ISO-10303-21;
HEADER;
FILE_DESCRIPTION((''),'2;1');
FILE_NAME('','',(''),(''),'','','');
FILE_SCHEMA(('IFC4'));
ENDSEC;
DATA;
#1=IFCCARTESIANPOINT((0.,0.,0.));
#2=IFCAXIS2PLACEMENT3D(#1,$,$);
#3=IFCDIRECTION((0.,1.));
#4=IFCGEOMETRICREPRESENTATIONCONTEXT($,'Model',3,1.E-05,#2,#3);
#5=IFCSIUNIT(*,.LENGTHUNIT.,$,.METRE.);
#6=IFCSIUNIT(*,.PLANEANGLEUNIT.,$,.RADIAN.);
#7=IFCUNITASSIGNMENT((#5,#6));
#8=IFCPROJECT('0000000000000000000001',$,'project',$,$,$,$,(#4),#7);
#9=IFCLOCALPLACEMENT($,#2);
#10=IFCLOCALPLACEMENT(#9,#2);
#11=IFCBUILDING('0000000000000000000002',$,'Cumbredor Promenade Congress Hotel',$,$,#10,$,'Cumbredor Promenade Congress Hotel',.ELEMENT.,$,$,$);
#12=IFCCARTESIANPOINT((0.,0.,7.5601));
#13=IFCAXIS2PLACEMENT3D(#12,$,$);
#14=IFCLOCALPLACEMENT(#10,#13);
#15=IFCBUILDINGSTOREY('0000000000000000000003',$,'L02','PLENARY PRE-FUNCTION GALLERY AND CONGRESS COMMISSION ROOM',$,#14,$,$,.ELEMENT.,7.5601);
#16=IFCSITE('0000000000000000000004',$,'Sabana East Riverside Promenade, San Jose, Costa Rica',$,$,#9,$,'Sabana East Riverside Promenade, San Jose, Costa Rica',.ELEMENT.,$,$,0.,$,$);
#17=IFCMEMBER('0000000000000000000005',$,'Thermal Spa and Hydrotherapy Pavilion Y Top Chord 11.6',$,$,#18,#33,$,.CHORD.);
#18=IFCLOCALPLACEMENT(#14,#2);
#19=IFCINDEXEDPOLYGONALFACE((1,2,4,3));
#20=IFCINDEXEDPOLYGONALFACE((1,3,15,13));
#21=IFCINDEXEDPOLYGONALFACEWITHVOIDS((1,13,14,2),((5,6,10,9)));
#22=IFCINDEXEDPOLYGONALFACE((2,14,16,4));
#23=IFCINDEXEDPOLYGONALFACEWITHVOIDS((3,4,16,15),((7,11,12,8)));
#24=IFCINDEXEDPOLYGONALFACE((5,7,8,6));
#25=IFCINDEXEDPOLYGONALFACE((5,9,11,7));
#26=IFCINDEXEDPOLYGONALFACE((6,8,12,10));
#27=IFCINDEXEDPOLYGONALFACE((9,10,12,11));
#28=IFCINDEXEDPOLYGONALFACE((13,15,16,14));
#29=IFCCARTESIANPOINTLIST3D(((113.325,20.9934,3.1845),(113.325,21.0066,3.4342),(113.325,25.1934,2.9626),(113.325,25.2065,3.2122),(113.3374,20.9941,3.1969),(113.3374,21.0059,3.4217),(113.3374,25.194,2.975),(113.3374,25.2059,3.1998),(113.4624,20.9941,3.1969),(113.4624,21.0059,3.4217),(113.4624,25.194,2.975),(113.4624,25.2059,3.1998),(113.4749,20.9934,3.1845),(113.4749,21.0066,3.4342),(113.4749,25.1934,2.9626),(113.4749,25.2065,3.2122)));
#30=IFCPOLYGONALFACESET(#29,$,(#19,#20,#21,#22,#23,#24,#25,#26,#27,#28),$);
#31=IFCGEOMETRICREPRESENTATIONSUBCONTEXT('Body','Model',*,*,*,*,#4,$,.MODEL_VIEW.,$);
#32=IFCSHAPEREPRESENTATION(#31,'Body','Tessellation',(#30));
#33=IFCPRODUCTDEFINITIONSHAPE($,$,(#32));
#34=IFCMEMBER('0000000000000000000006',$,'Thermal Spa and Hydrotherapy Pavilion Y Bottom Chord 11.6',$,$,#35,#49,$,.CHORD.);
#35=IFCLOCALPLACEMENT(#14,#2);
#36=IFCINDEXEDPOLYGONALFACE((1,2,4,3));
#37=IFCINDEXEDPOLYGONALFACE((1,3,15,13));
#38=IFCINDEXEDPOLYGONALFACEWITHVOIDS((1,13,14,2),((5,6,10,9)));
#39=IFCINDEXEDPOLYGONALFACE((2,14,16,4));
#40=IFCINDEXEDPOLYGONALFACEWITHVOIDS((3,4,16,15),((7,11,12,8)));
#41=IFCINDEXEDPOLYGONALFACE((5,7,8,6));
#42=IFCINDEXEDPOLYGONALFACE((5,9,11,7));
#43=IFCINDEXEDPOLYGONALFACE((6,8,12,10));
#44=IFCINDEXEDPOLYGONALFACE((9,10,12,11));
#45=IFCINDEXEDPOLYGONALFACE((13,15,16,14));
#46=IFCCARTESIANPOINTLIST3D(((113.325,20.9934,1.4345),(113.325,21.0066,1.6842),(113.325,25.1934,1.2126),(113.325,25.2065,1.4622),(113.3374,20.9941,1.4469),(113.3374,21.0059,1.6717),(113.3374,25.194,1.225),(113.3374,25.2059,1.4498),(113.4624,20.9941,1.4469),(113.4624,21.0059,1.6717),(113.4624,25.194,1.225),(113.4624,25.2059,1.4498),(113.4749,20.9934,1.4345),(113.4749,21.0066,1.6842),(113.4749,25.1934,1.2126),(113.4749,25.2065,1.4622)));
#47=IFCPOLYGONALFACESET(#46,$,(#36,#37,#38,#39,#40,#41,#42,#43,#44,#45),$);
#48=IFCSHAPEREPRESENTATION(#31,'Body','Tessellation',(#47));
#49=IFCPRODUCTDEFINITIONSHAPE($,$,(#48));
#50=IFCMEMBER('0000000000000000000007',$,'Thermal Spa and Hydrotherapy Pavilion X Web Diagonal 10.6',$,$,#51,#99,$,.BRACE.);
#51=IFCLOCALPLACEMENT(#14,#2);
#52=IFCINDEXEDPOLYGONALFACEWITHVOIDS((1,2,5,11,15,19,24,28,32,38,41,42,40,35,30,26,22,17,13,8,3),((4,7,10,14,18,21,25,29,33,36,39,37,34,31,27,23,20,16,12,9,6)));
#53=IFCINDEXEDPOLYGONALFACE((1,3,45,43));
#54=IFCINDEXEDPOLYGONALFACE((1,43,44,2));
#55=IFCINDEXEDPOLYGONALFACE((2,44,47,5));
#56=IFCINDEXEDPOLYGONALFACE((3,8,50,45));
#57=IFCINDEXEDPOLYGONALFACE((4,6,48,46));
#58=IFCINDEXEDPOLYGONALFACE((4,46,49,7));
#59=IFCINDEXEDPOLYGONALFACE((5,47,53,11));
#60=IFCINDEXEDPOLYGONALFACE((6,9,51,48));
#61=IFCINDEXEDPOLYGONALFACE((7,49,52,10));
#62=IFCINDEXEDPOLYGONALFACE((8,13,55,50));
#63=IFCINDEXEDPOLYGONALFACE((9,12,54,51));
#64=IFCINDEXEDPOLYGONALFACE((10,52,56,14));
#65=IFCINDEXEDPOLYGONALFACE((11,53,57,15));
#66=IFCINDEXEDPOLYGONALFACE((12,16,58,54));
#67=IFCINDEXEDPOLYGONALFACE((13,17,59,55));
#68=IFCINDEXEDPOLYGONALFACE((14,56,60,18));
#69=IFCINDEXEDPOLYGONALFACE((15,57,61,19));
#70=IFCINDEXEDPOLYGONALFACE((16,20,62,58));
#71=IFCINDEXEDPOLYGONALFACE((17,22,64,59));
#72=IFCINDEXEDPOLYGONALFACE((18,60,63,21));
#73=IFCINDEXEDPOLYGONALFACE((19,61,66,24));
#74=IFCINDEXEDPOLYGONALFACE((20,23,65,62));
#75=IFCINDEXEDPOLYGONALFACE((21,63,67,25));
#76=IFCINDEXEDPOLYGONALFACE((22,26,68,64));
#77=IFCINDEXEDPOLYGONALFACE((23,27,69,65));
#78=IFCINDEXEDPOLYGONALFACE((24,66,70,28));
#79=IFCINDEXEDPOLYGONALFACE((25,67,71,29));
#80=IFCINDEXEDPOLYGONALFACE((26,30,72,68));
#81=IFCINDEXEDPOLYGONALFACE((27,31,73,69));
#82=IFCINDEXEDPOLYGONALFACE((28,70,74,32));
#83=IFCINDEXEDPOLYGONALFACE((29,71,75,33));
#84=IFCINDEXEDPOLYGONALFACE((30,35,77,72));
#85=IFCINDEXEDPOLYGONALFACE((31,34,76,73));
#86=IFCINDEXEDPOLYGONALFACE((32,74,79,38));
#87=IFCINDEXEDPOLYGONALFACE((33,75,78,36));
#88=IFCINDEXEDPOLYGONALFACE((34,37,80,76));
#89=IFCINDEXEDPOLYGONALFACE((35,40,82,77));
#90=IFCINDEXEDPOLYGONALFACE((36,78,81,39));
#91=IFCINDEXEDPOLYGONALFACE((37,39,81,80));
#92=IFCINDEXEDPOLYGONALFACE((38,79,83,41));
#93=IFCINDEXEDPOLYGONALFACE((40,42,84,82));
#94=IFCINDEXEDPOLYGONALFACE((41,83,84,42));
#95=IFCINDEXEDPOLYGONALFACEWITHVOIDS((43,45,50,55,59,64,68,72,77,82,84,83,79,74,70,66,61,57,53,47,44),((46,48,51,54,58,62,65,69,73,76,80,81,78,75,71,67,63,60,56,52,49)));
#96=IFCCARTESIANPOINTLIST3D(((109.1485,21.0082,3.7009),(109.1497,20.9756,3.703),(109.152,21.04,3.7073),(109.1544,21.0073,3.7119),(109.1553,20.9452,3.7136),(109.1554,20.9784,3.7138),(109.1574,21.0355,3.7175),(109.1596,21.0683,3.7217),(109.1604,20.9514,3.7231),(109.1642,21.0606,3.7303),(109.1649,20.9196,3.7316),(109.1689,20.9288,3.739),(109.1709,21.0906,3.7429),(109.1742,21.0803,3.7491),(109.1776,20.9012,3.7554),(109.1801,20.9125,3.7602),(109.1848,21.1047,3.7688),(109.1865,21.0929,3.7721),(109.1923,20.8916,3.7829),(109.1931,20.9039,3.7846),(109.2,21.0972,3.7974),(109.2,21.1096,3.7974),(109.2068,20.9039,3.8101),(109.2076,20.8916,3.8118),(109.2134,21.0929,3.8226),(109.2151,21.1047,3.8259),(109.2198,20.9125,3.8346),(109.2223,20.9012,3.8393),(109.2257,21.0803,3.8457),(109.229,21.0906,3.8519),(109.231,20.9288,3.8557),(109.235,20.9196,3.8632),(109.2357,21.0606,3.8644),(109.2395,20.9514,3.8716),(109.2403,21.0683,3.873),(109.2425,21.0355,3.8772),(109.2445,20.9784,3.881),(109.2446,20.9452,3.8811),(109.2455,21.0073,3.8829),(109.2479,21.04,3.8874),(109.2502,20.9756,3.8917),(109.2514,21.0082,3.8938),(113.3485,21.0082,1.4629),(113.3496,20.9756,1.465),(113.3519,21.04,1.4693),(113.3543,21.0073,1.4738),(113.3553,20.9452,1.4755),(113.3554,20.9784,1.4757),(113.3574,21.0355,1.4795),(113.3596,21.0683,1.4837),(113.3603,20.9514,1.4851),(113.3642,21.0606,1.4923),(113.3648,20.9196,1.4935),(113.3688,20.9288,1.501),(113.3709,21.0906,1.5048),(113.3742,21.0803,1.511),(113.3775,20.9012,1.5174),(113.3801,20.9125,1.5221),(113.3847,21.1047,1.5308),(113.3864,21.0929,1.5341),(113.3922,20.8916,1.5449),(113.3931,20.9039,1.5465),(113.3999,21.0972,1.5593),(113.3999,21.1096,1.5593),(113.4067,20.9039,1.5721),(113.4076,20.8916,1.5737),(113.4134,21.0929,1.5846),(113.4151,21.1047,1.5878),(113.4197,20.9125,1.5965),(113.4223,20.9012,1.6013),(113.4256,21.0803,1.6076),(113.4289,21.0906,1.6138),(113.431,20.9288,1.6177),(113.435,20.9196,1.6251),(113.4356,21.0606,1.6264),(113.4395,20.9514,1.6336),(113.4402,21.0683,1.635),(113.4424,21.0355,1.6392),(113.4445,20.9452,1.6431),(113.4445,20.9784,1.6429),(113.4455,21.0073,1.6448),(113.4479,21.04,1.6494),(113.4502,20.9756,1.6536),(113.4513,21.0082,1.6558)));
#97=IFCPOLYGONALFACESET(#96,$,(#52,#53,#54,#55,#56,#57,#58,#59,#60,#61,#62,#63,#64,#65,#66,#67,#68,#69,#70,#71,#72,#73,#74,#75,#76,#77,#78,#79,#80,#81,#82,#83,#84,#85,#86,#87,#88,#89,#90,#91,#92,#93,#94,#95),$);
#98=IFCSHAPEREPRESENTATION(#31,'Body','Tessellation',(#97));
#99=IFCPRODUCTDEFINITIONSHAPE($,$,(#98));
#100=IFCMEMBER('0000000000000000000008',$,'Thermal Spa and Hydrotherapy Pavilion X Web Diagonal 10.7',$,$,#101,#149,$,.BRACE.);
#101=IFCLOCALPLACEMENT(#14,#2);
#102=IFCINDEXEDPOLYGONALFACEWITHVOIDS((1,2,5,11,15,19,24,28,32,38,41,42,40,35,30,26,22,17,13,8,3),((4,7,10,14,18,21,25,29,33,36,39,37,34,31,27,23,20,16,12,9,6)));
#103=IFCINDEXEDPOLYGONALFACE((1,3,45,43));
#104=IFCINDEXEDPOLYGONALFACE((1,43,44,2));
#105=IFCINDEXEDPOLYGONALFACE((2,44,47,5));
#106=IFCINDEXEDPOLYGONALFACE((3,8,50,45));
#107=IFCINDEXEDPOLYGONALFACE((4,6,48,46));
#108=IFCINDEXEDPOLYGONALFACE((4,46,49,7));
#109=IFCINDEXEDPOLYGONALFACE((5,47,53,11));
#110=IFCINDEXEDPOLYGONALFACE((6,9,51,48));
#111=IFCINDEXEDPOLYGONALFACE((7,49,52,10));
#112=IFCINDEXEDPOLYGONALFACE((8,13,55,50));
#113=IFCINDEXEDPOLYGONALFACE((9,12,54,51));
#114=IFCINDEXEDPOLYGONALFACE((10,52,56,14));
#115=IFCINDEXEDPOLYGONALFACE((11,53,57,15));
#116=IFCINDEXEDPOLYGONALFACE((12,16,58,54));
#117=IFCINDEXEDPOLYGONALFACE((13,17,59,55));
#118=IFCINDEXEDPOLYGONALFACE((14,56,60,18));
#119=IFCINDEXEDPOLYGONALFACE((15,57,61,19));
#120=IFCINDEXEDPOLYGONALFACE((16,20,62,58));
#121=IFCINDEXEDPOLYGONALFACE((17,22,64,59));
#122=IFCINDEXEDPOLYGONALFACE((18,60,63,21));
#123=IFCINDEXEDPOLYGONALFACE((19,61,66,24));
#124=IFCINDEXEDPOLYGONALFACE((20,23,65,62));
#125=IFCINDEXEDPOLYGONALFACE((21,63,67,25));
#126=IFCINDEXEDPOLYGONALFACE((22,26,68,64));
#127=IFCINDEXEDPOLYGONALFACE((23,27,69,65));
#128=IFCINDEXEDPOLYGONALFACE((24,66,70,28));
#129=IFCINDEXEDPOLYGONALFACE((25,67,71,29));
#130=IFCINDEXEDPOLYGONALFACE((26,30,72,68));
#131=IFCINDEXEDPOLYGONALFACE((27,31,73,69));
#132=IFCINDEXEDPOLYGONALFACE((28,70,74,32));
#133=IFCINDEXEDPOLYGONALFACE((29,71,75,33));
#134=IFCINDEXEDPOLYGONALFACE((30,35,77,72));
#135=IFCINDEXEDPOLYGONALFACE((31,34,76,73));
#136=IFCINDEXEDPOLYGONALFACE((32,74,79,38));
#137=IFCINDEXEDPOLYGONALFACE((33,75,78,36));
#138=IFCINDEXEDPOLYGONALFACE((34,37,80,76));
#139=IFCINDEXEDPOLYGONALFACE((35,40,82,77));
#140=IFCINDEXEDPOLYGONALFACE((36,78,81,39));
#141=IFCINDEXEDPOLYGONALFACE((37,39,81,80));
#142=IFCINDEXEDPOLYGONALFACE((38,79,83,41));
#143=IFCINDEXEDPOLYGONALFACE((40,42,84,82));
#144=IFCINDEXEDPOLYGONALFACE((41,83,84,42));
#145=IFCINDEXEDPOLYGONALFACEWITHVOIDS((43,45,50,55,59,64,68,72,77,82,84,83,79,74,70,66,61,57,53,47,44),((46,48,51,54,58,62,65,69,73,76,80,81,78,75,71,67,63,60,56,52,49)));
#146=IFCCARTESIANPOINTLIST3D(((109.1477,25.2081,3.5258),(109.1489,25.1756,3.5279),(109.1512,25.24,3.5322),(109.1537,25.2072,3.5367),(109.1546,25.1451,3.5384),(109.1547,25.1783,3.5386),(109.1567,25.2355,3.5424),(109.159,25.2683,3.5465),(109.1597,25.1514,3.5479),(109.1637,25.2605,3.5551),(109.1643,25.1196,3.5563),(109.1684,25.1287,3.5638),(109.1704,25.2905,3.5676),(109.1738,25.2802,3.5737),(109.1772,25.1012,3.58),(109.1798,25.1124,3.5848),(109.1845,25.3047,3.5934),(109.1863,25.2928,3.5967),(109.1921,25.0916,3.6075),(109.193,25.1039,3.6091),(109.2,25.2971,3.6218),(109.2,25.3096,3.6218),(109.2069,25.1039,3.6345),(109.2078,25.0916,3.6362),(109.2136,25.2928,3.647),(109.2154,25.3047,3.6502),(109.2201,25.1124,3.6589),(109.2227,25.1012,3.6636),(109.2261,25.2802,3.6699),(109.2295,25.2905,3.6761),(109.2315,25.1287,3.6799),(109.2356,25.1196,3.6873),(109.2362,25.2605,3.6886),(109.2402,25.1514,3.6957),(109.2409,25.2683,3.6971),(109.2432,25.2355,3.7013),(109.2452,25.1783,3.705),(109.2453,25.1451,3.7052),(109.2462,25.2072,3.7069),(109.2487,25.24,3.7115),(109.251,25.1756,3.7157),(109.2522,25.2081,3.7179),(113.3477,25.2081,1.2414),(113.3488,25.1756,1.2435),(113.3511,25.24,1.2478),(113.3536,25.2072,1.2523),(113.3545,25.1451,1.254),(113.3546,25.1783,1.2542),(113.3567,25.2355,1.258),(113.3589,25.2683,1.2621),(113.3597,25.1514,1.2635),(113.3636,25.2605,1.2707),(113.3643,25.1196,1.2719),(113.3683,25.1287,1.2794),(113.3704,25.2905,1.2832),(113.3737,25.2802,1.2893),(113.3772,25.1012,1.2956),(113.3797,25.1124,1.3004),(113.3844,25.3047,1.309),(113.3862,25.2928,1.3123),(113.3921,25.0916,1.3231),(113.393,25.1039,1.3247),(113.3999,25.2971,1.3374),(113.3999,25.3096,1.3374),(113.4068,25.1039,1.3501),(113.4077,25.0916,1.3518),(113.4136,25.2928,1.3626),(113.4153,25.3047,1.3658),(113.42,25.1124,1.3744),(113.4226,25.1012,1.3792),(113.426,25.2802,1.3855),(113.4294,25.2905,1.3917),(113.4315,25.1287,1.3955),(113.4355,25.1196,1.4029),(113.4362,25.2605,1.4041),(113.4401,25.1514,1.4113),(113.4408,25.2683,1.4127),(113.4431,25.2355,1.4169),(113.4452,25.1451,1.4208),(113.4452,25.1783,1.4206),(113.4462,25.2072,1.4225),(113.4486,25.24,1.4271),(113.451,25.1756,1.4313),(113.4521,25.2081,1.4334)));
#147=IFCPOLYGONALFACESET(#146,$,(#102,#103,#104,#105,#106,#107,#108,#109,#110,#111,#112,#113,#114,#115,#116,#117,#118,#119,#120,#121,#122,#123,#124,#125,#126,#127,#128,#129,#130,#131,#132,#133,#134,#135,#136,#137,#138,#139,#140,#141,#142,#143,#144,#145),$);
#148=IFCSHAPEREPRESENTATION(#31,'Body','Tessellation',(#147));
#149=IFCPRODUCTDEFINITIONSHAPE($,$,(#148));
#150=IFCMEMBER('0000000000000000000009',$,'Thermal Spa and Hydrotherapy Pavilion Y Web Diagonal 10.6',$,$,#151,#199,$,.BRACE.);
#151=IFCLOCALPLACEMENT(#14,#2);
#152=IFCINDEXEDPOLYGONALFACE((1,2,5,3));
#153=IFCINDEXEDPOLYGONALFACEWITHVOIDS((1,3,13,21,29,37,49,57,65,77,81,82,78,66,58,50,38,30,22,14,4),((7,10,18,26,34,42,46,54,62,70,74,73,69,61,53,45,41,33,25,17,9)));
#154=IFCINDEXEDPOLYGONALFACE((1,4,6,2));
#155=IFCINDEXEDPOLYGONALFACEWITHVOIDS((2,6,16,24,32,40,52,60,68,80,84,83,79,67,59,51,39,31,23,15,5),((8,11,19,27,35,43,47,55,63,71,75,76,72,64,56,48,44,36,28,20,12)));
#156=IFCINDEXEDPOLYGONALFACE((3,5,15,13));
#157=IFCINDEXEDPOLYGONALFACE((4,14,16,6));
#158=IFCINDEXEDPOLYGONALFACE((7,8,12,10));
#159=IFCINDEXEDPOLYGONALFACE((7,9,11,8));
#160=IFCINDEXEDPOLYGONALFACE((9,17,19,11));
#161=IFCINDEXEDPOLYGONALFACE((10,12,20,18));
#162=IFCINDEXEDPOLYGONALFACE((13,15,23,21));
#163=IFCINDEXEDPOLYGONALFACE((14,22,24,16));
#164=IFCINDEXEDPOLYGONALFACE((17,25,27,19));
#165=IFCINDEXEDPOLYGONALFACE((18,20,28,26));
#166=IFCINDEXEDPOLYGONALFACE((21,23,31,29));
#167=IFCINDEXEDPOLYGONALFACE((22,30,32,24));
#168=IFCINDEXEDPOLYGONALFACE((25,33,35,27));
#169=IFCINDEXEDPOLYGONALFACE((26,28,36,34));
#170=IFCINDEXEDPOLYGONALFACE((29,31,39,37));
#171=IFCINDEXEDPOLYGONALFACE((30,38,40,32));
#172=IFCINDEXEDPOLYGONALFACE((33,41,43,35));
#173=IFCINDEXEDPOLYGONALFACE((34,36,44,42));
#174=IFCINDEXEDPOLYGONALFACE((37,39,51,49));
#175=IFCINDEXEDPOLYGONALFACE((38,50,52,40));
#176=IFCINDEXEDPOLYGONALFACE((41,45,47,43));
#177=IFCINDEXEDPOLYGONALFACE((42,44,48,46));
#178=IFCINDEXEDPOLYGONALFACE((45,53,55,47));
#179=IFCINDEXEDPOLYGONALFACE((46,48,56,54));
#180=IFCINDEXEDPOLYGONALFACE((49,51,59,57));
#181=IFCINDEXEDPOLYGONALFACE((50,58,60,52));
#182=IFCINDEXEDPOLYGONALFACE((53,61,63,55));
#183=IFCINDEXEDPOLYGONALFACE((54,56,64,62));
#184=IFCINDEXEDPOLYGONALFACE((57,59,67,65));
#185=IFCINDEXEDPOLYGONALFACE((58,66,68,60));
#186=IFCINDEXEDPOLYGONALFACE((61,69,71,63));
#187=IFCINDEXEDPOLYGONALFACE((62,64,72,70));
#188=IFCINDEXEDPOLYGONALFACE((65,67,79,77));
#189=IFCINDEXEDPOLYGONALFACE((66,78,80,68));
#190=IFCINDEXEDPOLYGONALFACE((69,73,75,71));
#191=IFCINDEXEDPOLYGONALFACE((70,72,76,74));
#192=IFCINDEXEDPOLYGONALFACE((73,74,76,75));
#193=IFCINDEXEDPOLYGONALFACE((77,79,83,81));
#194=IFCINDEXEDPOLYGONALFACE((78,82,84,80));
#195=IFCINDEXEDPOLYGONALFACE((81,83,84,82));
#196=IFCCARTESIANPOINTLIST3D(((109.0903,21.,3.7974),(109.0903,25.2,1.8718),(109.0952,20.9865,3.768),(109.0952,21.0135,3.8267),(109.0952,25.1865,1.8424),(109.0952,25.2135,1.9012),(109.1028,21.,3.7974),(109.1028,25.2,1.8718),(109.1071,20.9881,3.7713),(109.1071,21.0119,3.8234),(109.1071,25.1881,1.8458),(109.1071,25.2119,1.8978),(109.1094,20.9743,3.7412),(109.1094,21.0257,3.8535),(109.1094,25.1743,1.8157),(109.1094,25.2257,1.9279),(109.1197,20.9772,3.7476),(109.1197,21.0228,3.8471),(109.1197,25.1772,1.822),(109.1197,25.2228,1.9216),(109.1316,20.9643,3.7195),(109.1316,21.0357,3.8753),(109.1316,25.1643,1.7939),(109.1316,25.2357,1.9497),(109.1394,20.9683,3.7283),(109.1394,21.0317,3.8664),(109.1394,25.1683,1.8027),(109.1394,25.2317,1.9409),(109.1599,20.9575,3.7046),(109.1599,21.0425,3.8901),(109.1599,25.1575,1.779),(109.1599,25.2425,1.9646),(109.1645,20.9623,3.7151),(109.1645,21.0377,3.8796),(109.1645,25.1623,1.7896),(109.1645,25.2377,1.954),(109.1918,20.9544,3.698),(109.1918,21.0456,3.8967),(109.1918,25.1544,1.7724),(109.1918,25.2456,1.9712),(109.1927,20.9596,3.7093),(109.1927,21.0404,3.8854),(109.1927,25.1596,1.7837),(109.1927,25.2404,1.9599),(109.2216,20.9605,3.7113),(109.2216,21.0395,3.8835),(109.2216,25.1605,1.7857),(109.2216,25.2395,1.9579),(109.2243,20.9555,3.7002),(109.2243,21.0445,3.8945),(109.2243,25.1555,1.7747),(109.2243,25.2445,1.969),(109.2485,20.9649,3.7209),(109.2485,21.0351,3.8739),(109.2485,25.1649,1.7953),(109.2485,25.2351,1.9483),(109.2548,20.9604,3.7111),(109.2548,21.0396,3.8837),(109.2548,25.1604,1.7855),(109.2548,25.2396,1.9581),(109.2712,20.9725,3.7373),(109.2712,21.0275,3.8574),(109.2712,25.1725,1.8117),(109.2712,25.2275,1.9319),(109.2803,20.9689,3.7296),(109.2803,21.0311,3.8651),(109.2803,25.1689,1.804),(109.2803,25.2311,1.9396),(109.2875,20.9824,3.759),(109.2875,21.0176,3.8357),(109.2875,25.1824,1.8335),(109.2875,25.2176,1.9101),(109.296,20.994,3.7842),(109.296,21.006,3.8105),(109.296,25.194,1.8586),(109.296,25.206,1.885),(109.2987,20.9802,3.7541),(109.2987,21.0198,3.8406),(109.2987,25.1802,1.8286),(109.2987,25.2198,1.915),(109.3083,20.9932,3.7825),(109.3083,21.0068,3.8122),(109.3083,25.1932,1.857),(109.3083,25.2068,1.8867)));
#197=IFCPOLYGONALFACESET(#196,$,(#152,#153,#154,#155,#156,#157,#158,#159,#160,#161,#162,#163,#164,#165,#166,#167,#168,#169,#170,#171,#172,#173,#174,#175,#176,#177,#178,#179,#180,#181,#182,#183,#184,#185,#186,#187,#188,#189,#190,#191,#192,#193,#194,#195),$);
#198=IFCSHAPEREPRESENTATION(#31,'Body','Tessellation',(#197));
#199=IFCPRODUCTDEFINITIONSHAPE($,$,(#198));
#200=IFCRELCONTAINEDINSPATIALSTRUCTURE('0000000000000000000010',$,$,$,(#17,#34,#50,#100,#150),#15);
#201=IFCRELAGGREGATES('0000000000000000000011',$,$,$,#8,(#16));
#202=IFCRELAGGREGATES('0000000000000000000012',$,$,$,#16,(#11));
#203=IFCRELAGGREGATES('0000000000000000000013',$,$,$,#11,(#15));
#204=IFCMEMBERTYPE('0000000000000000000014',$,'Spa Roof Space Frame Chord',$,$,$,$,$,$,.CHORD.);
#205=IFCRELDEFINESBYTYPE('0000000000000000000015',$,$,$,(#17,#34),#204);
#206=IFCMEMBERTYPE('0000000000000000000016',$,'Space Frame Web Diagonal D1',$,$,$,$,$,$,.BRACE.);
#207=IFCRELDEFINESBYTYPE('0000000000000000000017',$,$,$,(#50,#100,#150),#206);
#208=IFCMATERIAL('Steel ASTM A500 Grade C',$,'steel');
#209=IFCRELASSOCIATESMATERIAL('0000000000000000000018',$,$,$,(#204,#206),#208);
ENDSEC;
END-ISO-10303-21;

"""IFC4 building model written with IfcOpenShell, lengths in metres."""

from ifc_helpers import new_model, si_unit, direction, frame, origin, origin_2d, place, context, subcontext, project, spatial, hollow_rectangle, hollow_circle, extrude, material, material_profile, profile_set, type_object, element, save


model = new_model("IFC4")

# Units and contexts
model_context = context("Model", 3, precision=1e-05, world=origin(), true_north=direction((0.0, 1.0)))
body_context = subcontext(model_context, "Body", "Model", "MODEL_VIEW")
ifc_project = project(units=[si_unit("LENGTHUNIT", "METRE"), si_unit("PLANEANGLEUNIT", "RADIAN")], contexts=[model_context])

# Site, building, storey
site_placement = place(None, origin())
site = spatial("IfcSite", under=ifc_project, at=site_placement, Name="Sabana East Riverside Promenade, San Jose, Costa Rica", LongName="Sabana East Riverside Promenade, San Jose, Costa Rica", CompositionType="ELEMENT", RefElevation=0.0)
building_placement = place(site_placement, origin())
building = spatial("IfcBuilding", under=site, at=building_placement, Name="Cumbredor Promenade Congress Hotel", LongName="Cumbredor Promenade Congress Hotel", CompositionType="ELEMENT")
storey_placement = place(building_placement, frame((0.0, 0.0, 7.5601)))
storey = spatial("IfcBuildingStorey", under=building, at=storey_placement, Name="L02", Description="PLENARY PRE-FUNCTION GALLERY AND CONGRESS COMMISSION ROOM", CompositionType="ELEMENT", Elevation=7.5601)

# Members
ifc_material_1 = material(Name="Steel ASTM A500 Grade C", Category="steel")
ifc_material_profile_1 = material_profile(ifc_material_1, hollow_rectangle(XDim=0.1499, YDim=0.25, WallThickness=0.0125, at=origin_2d()), Name="HSS 250x150x12.5")
ifc_profile_set_1 = profile_set([ifc_material_profile_1], Name="Steel ASTM A500 Grade C")
member_type_1 = type_object("IfcMemberType", Name="Spa Roof Space Frame Chord", PredefinedType="CHORD", material=ifc_profile_set_1)
for number, where, z_axis, x_axis, name in (
    (1, (113.3999, 21.0, 3.3093), (0.0, 0.998607, -0.052766), (-1.0, 0.0, 0.0), "Thermal Spa and Hydrotherapy Pavilion Y Top Chord 11.6"),
    (2, (113.3999, 21.0, 1.5593), (0.0, 0.998607, -0.052766), (-1.0, 0.0, 0.0), "Thermal Spa and Hydrotherapy Pavilion Y Bottom Chord 11.6"),
):
    element("IfcMember", number, at=place(storey_placement, frame(where, z_axis=z_axis, x_axis=x_axis)), inside=storey, type_object=member_type_1, Name=name, PredefinedType="CHORD", context=body_context, shape_type="SweptSolid", body=[
        extrude(hollow_rectangle(XDim=0.1499, YDim=0.25, WallThickness=0.0125, at=origin_2d()), origin(), (0.0, 0.0, 1.0), 4.2058),
    ])
ifc_material_profile_2 = material_profile(ifc_material_1, hollow_circle(Radius=0.1096, WallThickness=0.0125, at=origin_2d()), Name="CHS 219.1x12.5")
ifc_profile_set_2 = profile_set([ifc_material_profile_2], Name="Steel ASTM A500 Grade C")
member_type_2 = type_object("IfcMemberType", Name="Space Frame Web Diagonal D1", PredefinedType="BRACE", material=ifc_profile_set_2)
member_1_placement = place(storey_placement, frame((109.2, 21.0, 3.7974), z_axis=(0.882522, 0.0, -0.470271), x_axis=(0.0, 1.0, 0.0)))
element("IfcMember", 3, at=member_1_placement, inside=storey, type_object=member_type_2, Name="Thermal Spa and Hydrotherapy Pavilion X Web Diagonal 10.6", PredefinedType="BRACE", context=body_context, shape_type="SweptSolid", body=[
    extrude(hollow_circle(Radius=0.1096, WallThickness=0.0125, at=origin_2d()), origin(), (0.0, 0.0, 1.0), 4.759),
])
member_2_placement = place(storey_placement, frame((109.2, 25.2, 3.6218), z_axis=(0.878463, 0.0, -0.477811), x_axis=(0.0, 1.0, 0.0)))
element("IfcMember", 4, at=member_2_placement, inside=storey, type_object=member_type_2, Name="Thermal Spa and Hydrotherapy Pavilion X Web Diagonal 10.7", PredefinedType="BRACE", context=body_context, shape_type="SweptSolid", body=[
    extrude(hollow_circle(Radius=0.1096, WallThickness=0.0125, at=origin_2d()), origin(), (0.0, 0.0, 1.0), 4.781),
])
member_3_placement = place(storey_placement, frame((109.2, 21.0, 3.7974), z_axis=(0.0, 0.909019, -0.416755), x_axis=(-1.0, 0.0, 0.0)))
element("IfcMember", 5, at=member_3_placement, inside=storey, type_object=member_type_2, Name="Thermal Spa and Hydrotherapy Pavilion Y Web Diagonal 10.6", PredefinedType="BRACE", context=body_context, shape_type="SweptSolid", body=[
    extrude(hollow_circle(Radius=0.1096, WallThickness=0.0125, at=origin_2d()), origin(), (0.0, 0.0, 1.0), 4.6204),
])

save(model, "model.ifc")
